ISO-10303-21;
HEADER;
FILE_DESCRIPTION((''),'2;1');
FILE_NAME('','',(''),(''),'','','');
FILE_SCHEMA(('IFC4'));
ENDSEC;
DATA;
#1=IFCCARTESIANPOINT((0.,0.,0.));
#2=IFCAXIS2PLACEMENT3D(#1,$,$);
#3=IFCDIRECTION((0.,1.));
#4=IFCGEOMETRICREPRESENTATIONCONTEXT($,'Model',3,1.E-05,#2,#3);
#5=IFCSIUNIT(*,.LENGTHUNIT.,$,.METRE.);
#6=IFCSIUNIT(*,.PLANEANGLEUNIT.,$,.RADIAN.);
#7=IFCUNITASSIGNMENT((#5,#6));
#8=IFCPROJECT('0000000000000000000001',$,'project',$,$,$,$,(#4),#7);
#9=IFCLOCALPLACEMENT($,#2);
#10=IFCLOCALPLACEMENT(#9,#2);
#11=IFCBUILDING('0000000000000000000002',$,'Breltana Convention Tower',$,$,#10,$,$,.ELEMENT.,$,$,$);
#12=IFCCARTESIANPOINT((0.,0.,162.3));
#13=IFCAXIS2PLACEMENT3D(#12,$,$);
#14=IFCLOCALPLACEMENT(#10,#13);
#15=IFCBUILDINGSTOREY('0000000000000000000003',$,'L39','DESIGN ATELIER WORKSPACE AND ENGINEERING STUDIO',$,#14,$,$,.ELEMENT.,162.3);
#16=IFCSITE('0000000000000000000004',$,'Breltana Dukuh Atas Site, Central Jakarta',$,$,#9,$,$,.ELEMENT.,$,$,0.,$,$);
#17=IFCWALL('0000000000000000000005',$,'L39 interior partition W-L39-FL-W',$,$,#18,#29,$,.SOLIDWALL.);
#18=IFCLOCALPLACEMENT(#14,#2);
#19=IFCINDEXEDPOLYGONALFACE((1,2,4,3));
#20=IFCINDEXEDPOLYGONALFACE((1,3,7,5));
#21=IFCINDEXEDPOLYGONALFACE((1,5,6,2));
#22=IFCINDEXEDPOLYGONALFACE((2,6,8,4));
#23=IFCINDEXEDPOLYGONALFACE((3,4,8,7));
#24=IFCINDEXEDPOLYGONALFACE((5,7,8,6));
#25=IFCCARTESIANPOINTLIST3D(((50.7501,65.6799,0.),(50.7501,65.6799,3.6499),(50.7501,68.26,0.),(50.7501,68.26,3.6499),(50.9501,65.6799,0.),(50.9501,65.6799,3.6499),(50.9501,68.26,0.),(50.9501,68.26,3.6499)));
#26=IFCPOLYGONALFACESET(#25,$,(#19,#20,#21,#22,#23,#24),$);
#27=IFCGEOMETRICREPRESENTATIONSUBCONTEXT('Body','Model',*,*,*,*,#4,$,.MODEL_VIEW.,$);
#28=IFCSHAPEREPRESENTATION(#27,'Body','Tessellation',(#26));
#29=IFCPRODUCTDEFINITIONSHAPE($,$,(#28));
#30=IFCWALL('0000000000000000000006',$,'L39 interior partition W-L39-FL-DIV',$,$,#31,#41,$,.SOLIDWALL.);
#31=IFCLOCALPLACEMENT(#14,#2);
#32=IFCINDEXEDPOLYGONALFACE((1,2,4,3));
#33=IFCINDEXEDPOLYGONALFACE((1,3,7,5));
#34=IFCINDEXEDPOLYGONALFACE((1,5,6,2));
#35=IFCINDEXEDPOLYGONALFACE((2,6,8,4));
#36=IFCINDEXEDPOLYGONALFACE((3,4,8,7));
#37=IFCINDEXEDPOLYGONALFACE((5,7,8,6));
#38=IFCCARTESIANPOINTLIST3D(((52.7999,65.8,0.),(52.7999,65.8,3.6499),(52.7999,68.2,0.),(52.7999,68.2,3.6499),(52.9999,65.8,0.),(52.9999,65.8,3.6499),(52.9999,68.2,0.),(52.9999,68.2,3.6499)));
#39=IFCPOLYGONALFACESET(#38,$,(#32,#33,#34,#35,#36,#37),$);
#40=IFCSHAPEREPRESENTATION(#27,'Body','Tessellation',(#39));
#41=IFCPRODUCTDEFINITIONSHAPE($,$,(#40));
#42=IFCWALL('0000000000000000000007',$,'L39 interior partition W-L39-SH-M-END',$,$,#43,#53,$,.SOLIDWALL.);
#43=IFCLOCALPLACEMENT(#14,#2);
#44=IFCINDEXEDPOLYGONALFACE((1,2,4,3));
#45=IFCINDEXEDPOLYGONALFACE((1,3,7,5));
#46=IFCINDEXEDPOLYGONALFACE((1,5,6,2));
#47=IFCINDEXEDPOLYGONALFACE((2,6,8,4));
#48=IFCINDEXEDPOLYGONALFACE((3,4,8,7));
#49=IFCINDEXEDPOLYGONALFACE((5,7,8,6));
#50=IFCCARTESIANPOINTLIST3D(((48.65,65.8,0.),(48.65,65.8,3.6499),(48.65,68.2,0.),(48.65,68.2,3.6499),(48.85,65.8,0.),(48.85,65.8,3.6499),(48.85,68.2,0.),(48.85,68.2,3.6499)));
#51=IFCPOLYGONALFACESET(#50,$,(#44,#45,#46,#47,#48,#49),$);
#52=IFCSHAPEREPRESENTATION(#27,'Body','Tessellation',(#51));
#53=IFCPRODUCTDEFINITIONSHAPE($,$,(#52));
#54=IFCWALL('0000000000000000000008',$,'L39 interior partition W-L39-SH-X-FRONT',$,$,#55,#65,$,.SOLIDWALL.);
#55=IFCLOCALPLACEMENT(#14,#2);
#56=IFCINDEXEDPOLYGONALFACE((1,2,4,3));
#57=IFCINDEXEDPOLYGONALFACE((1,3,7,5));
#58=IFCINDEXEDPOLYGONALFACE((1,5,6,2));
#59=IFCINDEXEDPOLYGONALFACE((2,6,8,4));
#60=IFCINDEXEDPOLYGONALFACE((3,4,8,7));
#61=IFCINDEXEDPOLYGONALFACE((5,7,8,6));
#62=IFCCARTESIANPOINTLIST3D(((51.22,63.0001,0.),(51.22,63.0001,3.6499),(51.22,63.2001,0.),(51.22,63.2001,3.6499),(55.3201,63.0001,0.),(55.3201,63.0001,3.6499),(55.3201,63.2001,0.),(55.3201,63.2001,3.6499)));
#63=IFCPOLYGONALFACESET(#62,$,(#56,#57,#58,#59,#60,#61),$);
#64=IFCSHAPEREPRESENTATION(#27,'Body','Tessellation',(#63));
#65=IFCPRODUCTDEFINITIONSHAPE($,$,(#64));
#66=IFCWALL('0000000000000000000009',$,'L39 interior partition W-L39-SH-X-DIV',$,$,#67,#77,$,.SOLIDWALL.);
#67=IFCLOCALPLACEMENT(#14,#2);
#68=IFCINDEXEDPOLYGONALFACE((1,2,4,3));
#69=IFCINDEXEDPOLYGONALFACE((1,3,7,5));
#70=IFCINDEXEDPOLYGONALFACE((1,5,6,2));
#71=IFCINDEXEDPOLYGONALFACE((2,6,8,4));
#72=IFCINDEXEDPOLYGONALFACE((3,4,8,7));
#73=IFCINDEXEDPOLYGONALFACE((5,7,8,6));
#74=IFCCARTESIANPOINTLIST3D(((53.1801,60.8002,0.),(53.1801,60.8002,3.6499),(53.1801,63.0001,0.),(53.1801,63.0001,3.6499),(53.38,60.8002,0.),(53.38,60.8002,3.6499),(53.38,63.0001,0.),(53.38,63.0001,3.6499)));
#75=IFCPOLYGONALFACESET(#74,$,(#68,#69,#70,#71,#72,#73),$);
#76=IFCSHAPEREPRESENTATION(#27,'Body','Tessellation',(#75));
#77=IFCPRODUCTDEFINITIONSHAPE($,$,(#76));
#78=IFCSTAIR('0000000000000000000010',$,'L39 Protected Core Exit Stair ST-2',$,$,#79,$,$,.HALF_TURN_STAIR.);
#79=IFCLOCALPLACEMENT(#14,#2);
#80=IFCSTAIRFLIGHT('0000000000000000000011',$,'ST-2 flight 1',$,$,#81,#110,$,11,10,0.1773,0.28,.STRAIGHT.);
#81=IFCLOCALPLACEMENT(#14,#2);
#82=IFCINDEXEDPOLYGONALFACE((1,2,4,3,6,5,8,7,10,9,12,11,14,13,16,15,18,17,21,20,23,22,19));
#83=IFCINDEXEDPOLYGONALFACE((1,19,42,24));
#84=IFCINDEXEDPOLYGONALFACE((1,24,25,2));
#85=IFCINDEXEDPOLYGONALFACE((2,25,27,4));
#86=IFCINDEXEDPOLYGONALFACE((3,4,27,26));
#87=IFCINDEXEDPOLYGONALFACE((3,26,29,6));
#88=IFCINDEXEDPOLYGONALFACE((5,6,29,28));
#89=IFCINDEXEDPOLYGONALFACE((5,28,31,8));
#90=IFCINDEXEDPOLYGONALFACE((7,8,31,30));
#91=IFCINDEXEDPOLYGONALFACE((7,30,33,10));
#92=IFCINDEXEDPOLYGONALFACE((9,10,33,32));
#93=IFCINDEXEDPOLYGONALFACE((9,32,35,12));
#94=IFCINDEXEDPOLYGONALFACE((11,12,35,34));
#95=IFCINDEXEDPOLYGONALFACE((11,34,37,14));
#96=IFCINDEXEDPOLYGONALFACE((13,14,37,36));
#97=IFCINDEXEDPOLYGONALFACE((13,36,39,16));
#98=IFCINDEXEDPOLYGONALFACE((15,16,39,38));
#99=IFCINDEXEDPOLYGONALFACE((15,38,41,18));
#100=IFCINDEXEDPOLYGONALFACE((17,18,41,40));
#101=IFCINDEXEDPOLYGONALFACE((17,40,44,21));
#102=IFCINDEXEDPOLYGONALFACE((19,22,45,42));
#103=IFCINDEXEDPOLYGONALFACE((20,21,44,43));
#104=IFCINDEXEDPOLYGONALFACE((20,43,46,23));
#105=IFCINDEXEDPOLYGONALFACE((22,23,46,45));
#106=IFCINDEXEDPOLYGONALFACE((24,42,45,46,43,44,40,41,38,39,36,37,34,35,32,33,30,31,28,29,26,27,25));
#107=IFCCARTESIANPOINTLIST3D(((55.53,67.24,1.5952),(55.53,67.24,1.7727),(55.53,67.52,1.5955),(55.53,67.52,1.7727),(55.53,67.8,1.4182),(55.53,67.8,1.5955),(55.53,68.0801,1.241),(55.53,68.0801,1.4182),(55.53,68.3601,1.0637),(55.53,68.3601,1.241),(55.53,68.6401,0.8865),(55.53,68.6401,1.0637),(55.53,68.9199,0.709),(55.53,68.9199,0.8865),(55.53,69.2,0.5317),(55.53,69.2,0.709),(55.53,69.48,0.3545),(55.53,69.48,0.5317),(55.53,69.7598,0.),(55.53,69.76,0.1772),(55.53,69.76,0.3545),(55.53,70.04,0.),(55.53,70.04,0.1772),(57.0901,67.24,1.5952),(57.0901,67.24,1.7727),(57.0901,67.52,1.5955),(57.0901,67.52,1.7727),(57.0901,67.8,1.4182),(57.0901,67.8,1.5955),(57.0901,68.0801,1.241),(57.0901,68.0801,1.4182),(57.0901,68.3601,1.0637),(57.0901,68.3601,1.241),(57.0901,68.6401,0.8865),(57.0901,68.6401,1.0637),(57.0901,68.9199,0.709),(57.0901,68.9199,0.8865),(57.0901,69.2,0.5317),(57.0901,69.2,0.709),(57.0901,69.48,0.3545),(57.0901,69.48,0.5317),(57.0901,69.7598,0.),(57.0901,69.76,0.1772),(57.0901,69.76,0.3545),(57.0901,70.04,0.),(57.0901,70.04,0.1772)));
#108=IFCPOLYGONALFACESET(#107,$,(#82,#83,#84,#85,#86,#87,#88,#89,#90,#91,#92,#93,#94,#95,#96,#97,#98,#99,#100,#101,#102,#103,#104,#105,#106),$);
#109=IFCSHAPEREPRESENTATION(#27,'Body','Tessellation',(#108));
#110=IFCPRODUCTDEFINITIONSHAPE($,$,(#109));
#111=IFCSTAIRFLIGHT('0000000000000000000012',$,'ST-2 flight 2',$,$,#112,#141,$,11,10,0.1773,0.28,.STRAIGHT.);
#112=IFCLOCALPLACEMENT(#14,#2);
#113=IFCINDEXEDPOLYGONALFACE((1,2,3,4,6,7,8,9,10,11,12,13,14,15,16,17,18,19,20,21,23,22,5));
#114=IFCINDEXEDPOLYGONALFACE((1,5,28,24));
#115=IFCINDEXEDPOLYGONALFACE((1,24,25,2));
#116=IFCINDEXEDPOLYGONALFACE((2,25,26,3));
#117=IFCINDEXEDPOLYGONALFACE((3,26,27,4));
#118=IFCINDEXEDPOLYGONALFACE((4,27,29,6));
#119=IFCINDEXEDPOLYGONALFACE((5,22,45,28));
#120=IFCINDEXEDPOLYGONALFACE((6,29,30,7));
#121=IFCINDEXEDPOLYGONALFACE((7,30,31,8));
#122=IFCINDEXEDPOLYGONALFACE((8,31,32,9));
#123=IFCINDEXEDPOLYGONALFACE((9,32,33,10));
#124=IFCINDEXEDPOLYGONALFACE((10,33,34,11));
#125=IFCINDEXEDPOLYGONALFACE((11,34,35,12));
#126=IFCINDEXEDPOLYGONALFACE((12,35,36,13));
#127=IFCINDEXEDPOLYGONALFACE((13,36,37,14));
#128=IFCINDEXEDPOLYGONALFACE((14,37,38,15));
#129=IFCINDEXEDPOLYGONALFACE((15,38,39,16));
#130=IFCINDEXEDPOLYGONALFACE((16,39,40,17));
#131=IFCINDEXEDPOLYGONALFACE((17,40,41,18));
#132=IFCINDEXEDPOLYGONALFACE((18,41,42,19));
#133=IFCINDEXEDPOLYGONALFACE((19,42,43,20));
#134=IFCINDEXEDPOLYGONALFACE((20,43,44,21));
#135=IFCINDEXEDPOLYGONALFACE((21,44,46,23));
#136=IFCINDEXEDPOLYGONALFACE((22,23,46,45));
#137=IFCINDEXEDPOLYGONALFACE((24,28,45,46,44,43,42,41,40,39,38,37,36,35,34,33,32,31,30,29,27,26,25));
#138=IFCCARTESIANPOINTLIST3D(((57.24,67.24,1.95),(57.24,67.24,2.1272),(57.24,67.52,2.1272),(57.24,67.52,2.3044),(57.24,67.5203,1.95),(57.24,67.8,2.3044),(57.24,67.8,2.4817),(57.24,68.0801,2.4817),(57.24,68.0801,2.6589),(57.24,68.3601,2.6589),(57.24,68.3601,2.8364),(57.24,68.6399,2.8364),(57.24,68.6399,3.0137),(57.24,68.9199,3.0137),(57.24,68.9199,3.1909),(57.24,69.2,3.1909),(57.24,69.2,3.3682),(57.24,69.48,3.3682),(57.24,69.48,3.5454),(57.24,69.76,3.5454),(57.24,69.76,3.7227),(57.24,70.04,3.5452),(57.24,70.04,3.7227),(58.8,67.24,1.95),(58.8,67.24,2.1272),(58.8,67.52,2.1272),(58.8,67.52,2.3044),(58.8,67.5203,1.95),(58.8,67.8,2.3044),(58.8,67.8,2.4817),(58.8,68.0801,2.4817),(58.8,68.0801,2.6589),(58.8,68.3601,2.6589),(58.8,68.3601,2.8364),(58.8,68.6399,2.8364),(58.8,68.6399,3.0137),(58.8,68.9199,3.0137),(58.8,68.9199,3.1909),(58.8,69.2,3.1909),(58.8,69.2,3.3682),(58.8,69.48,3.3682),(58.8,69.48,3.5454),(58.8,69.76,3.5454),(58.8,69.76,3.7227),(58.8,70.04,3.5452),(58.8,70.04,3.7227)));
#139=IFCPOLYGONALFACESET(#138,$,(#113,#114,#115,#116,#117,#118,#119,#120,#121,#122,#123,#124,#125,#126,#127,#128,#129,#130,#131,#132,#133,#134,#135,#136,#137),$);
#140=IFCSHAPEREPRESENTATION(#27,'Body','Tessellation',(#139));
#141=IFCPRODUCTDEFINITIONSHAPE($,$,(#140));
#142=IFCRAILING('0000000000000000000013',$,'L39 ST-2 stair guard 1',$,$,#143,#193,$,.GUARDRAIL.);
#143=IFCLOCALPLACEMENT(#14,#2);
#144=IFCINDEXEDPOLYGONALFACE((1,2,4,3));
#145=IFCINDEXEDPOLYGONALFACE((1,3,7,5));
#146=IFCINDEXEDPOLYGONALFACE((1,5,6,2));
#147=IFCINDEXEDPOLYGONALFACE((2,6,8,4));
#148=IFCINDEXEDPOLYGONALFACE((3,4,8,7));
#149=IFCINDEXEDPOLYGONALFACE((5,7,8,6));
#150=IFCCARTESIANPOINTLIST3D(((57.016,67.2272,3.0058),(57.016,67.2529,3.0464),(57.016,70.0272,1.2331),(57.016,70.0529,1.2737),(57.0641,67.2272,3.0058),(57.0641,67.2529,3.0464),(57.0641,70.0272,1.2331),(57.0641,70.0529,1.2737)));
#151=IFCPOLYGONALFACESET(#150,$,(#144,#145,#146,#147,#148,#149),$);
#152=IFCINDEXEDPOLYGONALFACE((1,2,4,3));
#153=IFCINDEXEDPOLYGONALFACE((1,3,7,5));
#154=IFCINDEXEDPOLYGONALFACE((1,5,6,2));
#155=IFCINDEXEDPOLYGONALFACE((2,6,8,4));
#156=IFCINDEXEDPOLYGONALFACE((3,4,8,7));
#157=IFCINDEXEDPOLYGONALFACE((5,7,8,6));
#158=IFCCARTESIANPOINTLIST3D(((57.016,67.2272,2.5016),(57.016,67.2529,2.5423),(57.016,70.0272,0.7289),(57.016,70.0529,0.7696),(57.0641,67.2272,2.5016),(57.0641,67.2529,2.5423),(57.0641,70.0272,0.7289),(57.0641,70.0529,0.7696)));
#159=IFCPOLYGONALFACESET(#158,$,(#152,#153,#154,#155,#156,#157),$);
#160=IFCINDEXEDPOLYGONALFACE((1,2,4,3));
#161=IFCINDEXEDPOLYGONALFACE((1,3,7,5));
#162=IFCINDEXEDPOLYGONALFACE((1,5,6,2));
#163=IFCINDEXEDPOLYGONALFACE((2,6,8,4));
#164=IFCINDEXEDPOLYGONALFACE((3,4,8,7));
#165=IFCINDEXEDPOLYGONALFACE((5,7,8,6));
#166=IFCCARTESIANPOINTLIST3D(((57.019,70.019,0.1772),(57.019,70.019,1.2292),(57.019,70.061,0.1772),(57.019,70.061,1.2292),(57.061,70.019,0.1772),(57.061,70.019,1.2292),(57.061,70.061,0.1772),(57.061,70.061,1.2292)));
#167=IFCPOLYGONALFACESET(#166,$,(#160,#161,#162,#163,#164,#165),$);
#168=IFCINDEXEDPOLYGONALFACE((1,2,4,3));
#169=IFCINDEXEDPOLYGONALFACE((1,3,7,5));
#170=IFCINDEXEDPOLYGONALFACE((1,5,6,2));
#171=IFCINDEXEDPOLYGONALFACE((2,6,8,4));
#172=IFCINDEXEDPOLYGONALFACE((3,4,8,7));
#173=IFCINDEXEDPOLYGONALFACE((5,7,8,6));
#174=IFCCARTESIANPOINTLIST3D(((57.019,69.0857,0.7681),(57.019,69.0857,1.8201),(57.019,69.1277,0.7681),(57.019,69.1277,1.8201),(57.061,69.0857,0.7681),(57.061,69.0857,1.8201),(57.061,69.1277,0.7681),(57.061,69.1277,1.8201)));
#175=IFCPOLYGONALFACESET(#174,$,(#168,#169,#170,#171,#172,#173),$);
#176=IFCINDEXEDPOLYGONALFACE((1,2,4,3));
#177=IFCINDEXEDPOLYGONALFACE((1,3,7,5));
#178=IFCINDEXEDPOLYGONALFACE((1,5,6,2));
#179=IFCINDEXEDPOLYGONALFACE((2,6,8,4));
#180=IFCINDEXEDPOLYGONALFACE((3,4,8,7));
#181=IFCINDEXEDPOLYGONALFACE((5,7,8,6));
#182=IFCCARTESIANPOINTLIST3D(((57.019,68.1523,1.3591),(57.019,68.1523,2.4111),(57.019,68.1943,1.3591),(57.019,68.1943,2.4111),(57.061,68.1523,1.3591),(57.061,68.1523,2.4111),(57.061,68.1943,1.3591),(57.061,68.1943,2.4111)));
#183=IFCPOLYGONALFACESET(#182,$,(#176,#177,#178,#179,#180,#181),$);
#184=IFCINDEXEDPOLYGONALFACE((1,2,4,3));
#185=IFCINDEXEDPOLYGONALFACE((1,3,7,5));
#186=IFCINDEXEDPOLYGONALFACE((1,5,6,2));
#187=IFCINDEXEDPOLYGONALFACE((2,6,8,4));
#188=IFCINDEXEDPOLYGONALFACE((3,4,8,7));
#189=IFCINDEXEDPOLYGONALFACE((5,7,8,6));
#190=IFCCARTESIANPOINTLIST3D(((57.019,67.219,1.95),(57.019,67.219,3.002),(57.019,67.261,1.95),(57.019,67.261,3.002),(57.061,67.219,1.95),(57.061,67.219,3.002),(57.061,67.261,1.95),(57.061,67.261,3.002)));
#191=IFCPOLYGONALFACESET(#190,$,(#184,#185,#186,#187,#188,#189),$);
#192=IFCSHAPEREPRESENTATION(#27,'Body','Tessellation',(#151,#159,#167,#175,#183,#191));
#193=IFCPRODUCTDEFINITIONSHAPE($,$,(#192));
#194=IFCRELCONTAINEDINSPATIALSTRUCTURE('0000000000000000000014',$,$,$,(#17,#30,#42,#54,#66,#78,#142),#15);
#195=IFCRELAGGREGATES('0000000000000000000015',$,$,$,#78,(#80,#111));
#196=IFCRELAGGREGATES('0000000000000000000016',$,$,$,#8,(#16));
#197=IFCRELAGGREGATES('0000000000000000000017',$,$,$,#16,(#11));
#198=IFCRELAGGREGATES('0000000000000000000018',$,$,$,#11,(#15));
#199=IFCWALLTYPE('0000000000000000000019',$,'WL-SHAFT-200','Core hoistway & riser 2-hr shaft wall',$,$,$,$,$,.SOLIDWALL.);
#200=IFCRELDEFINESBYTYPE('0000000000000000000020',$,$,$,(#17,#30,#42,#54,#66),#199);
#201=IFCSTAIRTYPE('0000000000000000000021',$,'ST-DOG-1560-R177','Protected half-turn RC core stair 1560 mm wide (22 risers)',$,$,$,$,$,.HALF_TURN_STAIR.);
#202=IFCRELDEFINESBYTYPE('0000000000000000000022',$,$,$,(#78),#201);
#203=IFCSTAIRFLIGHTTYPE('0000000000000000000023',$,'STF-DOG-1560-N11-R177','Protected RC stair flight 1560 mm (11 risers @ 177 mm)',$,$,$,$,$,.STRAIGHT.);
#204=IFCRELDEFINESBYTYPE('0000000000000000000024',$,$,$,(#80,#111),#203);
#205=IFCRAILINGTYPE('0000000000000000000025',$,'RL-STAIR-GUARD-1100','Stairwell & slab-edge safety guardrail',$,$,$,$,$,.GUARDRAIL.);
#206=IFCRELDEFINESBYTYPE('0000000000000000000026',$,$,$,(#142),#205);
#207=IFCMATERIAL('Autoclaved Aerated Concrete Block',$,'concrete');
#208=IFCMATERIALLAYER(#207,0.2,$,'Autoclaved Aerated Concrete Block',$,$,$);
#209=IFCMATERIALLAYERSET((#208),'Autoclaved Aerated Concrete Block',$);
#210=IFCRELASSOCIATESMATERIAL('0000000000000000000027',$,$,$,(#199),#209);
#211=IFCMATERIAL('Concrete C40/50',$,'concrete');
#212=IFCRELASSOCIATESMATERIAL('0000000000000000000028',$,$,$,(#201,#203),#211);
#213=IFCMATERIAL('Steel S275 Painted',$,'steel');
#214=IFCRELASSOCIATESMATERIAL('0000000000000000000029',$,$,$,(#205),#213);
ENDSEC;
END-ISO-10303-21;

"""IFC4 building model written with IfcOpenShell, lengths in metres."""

from ifc_helpers import new_model, si_unit, direction, frame, frame_2d, origin, origin_2d, place, context, subcontext, project, spatial, polyline, rectangle, outline, extrude, source, transform, mapped, material, layer, layer_set, type_object, element, aggregate, save


model = new_model("IFC4")

# Units and contexts
model_context = context("Model", 3, precision=1e-05, world=origin(), true_north=direction((0.0, 1.0)))
body_context = subcontext(model_context, "Body", "Model", "MODEL_VIEW")
ifc_project = project(units=[si_unit("LENGTHUNIT", "METRE"), si_unit("PLANEANGLEUNIT", "RADIAN")], contexts=[model_context])

# Site, building, storey
site_placement = place(None, origin())
site = spatial("IfcSite", under=ifc_project, at=site_placement, Name="Breltana Dukuh Atas Site, Central Jakarta", CompositionType="ELEMENT", RefElevation=0.0)
building_placement = place(site_placement, origin())
building = spatial("IfcBuilding", under=site, at=building_placement, Name="Breltana Convention Tower", CompositionType="ELEMENT")
storey_placement = place(building_placement, frame((0.0, 0.0, 162.3)))
storey = spatial("IfcBuildingStorey", under=building, at=storey_placement, Name="L39", Description="DESIGN ATELIER WORKSPACE AND ENGINEERING STUDIO", CompositionType="ELEMENT", Elevation=162.3)

# Shared definitions
ifc_material_1 = material(Name="Autoclaved Aerated Concrete Block", Category="concrete")
ifc_layer_1 = layer(ifc_material_1, 0.2, Name="Autoclaved Aerated Concrete Block")
ifc_layer_set_1 = layer_set([ifc_layer_1], Name="Autoclaved Aerated Concrete Block")
wall_type_1 = type_object("IfcWallType", Name="WL-SHAFT-200", Description="Core hoistway & riser 2-hr shaft wall", PredefinedType="SOLIDWALL", material=ifc_layer_set_1)

# Walls
shared_shape_1 = source(origin(), body_context, "Body", "SweptSolid", [
    extrude(rectangle(XDim=2.5801, YDim=0.2, at=frame_2d((1.29, 0.0))), origin(), (0.0, 0.0, 1.0), 3.6499),
])
wall_1_placement = place(storey_placement, frame((50.8501, 65.6799, 0.0), z_axis=(0.0, 0.0, 1.0), x_axis=(0.0, 1.0, 0.0)))
element("IfcWall", 1, at=wall_1_placement, inside=storey, type_object=wall_type_1, Name="L39 interior partition W-L39-FL-W", PredefinedType="SOLIDWALL", context=body_context, shape_type="MappedRepresentation", body=[
    mapped(shared_shape_1, transform((0.0, 0.0, 0.0), scale=1.0)),
])
shared_shape_2 = source(origin(), body_context, "Body", "SweptSolid", [
    extrude(rectangle(XDim=2.3999, YDim=0.2, at=frame_2d((1.2, 0.0))), origin(), (0.0, 0.0, 1.0), 3.6499),
])
for number, where, z_axis, x_axis, name in (
    (2, (52.8999, 65.8, 0.0), (0.0, 0.0, 1.0), (0.0, 1.0, 0.0), "L39 interior partition W-L39-FL-DIV"),
    (3, (48.75, 65.8, 0.0), (0.0, 0.0, 1.0), (0.0, 1.0, 0.0), "L39 interior partition W-L39-SH-M-END"),
):
    element("IfcWall", number, at=place(storey_placement, frame(where, z_axis=z_axis, x_axis=x_axis)), inside=storey, type_object=wall_type_1, Name=name, PredefinedType="SOLIDWALL", context=body_context, shape_type="MappedRepresentation", body=[
        mapped(shared_shape_2, transform((0.0, 0.0, 0.0), scale=1.0)),
    ])
shared_shape_3 = source(origin(), body_context, "Body", "SweptSolid", [
    extrude(rectangle(XDim=4.1001, YDim=0.2, at=frame_2d((2.05, 0.0))), origin(), (0.0, 0.0, 1.0), 3.6499),
])
wall_2_placement = place(storey_placement, frame((51.22, 63.1001, 0.0), z_axis=(0.0, 0.0, 1.0), x_axis=(1.0, 0.0, 0.0)))
element("IfcWall", 4, at=wall_2_placement, inside=storey, type_object=wall_type_1, Name="L39 interior partition W-L39-SH-X-FRONT", PredefinedType="SOLIDWALL", context=body_context, shape_type="MappedRepresentation", body=[
    mapped(shared_shape_3, transform((0.0, 0.0, 0.0), scale=1.0)),
])
shared_shape_4 = source(origin(), body_context, "Body", "SweptSolid", [
    extrude(rectangle(XDim=2.2, YDim=0.2, at=frame_2d((1.1001, 0.0))), origin(), (0.0, 0.0, 1.0), 3.6499),
])
wall_3_placement = place(storey_placement, frame((53.28, 60.8, 0.0), z_axis=(0.0, 0.0, 1.0), x_axis=(0.0, 1.0, 0.0)))
element("IfcWall", 5, at=wall_3_placement, inside=storey, type_object=wall_type_1, Name="L39 interior partition W-L39-SH-X-DIV", PredefinedType="SOLIDWALL", context=body_context, shape_type="MappedRepresentation", body=[
    mapped(shared_shape_4, transform((0.0, 0.0, 0.0), scale=1.0)),
])

# Stair, stair flights
ifc_material_2 = material(Name="Concrete C40/50", Category="concrete")
stair_type = type_object("IfcStairType", Name="ST-DOG-1560-R177", Description="Protected half-turn RC core stair 1560 mm wide (22 risers)", PredefinedType="HALF_TURN_STAIR", material=ifc_material_2)
stair_placement = place(storey_placement, origin())
stair = element("IfcStair", 6, at=stair_placement, inside=storey, type_object=stair_type, Name="L39 Protected Core Exit Stair ST-2", PredefinedType="HALF_TURN_STAIR")
stair_flight_type = type_object("IfcStairFlightType", Name="STF-DOG-1560-N11-R177", Description="Protected RC stair flight 1560 mm (11 risers @ 177 mm)", PredefinedType="STRAIGHT", material=ifc_material_2)
stair_flight_1_placement = place(storey_placement, frame((56.3101, 70.04, 0.0), z_axis=(0.0, 0.0, 1.0), x_axis=(0.0, -1.0, 0.0)))
stair_flight_1 = element("IfcStairFlight", 7, at=stair_flight_1_placement, type_object=stair_flight_type, Name="ST-2 flight 1", NumberOfRisers=11, NumberOfTreads=10, PredefinedType="STRAIGHT", RiserHeight=0.1773, TreadLength=0.28, context=body_context, shape_type="SweptSolid", body=[
    extrude(outline(polyline([(0.0, 0.0), (0.0, 0.1772), (0.28, 0.1772), (0.28, 0.3545), (0.5601, 0.3545), (0.5601, 0.5317), (0.8401, 0.5317), (0.8401, 0.709), (1.1201, 0.709), (1.1201, 0.8865), (1.3999, 0.8865), (1.3999, 1.0637), (1.6799, 1.0637), (1.6799, 1.241), (1.96, 1.241), (1.96, 1.4182), (2.24, 1.4182), (2.24, 1.5955), (2.52, 1.5955), (2.52, 1.7727), (2.8, 1.7727), (2.8, 1.95), (2.8, 1.5952), (0.2803, 0.0), (0.0, 0.0)])), frame((0.0, 0.78, 0.0), z_axis=(0.0, -1.0, 0.0), x_axis=(1.0, 0.0, 0.0)), (0.0, 0.0, 1.0), 1.5601),
])
stair_flight_2_placement = place(storey_placement, frame((58.02, 67.24, 1.95), z_axis=(0.0, 0.0, 1.0), x_axis=(0.0, 1.0, 0.0)))
stair_flight_2 = element("IfcStairFlight", 8, at=stair_flight_2_placement, type_object=stair_flight_type, Name="ST-2 flight 2", NumberOfRisers=11, NumberOfTreads=10, PredefinedType="STRAIGHT", RiserHeight=0.1773, TreadLength=0.28, context=body_context, shape_type="SweptSolid", body=[
    extrude(outline(polyline([(0.0, 0.0), (0.0, 0.1772), (0.28, 0.1772), (0.28, 0.3545), (0.5601, 0.3545), (0.5601, 0.5317), (0.8401, 0.5317), (0.8401, 0.709), (1.1201, 0.709), (1.1201, 0.8865), (1.3999, 0.8865), (1.3999, 1.0637), (1.6799, 1.0637), (1.6799, 1.241), (1.96, 1.241), (1.96, 1.4182), (2.24, 1.4182), (2.24, 1.5955), (2.52, 1.5955), (2.52, 1.7727), (2.8, 1.7727), (2.8, 1.95), (2.8, 1.5952), (0.2803, 0.0), (0.0, 0.0)])), frame((0.0, 0.78, 0.0), z_axis=(0.0, -1.0, 0.0), x_axis=(1.0, 0.0, 0.0)), (0.0, 0.0, 1.0), 1.5601),
])
aggregate(stair, [stair_flight_1, stair_flight_2])

# Railing
ifc_material_3 = material(Name="Steel S275 Painted", Category="steel")
railing_type_1 = type_object("IfcRailingType", Name="RL-STAIR-GUARD-1100", Description="Stairwell & slab-edge safety guardrail", PredefinedType="GUARDRAIL", material=ifc_material_3)
railing_1_placement = place(storey_placement, frame((57.04, 70.04, 0.1772)))
element("IfcRailing", 9, at=railing_1_placement, inside=storey, type_object=railing_type_1, Name="L39 ST-2 stair guard 1", PredefinedType="GUARDRAIL", context=body_context, shape_type="SweptSolid", body=[
    extrude(rectangle(XDim=0.0481, YDim=0.0481, at=origin_2d()), frame((0.0, 0.0, 1.0762), z_axis=(0.0, -0.844909, 0.53491), x_axis=(1.0, 0.0, 0.0)), (0.0, 0.0, 1.0), 3.314),
    extrude(rectangle(XDim=0.0481, YDim=0.0481, at=origin_2d()), frame((0.0, 0.0, 0.572), z_axis=(0.0, -0.844909, 0.53491), x_axis=(1.0, 0.0, 0.0)), (0.0, 0.0, 1.0), 3.314),
    extrude(rectangle(XDim=0.042, YDim=0.042, at=origin_2d()), origin(), (0.0, 0.0, 1.0), 1.052),
    extrude(rectangle(XDim=0.042, YDim=0.042, at=origin_2d()), frame((0.0, -0.9333, 0.5908)), (0.0, 0.0, 1.0), 1.052),
    extrude(rectangle(XDim=0.042, YDim=0.042, at=origin_2d()), frame((0.0, -1.8667, 1.1819)), (0.0, 0.0, 1.0), 1.052),
    extrude(rectangle(XDim=0.042, YDim=0.042, at=origin_2d()), frame((0.0, -2.8, 1.7727)), (0.0, 0.0, 1.0), 1.052),
])

save(model, "model.ifc")
